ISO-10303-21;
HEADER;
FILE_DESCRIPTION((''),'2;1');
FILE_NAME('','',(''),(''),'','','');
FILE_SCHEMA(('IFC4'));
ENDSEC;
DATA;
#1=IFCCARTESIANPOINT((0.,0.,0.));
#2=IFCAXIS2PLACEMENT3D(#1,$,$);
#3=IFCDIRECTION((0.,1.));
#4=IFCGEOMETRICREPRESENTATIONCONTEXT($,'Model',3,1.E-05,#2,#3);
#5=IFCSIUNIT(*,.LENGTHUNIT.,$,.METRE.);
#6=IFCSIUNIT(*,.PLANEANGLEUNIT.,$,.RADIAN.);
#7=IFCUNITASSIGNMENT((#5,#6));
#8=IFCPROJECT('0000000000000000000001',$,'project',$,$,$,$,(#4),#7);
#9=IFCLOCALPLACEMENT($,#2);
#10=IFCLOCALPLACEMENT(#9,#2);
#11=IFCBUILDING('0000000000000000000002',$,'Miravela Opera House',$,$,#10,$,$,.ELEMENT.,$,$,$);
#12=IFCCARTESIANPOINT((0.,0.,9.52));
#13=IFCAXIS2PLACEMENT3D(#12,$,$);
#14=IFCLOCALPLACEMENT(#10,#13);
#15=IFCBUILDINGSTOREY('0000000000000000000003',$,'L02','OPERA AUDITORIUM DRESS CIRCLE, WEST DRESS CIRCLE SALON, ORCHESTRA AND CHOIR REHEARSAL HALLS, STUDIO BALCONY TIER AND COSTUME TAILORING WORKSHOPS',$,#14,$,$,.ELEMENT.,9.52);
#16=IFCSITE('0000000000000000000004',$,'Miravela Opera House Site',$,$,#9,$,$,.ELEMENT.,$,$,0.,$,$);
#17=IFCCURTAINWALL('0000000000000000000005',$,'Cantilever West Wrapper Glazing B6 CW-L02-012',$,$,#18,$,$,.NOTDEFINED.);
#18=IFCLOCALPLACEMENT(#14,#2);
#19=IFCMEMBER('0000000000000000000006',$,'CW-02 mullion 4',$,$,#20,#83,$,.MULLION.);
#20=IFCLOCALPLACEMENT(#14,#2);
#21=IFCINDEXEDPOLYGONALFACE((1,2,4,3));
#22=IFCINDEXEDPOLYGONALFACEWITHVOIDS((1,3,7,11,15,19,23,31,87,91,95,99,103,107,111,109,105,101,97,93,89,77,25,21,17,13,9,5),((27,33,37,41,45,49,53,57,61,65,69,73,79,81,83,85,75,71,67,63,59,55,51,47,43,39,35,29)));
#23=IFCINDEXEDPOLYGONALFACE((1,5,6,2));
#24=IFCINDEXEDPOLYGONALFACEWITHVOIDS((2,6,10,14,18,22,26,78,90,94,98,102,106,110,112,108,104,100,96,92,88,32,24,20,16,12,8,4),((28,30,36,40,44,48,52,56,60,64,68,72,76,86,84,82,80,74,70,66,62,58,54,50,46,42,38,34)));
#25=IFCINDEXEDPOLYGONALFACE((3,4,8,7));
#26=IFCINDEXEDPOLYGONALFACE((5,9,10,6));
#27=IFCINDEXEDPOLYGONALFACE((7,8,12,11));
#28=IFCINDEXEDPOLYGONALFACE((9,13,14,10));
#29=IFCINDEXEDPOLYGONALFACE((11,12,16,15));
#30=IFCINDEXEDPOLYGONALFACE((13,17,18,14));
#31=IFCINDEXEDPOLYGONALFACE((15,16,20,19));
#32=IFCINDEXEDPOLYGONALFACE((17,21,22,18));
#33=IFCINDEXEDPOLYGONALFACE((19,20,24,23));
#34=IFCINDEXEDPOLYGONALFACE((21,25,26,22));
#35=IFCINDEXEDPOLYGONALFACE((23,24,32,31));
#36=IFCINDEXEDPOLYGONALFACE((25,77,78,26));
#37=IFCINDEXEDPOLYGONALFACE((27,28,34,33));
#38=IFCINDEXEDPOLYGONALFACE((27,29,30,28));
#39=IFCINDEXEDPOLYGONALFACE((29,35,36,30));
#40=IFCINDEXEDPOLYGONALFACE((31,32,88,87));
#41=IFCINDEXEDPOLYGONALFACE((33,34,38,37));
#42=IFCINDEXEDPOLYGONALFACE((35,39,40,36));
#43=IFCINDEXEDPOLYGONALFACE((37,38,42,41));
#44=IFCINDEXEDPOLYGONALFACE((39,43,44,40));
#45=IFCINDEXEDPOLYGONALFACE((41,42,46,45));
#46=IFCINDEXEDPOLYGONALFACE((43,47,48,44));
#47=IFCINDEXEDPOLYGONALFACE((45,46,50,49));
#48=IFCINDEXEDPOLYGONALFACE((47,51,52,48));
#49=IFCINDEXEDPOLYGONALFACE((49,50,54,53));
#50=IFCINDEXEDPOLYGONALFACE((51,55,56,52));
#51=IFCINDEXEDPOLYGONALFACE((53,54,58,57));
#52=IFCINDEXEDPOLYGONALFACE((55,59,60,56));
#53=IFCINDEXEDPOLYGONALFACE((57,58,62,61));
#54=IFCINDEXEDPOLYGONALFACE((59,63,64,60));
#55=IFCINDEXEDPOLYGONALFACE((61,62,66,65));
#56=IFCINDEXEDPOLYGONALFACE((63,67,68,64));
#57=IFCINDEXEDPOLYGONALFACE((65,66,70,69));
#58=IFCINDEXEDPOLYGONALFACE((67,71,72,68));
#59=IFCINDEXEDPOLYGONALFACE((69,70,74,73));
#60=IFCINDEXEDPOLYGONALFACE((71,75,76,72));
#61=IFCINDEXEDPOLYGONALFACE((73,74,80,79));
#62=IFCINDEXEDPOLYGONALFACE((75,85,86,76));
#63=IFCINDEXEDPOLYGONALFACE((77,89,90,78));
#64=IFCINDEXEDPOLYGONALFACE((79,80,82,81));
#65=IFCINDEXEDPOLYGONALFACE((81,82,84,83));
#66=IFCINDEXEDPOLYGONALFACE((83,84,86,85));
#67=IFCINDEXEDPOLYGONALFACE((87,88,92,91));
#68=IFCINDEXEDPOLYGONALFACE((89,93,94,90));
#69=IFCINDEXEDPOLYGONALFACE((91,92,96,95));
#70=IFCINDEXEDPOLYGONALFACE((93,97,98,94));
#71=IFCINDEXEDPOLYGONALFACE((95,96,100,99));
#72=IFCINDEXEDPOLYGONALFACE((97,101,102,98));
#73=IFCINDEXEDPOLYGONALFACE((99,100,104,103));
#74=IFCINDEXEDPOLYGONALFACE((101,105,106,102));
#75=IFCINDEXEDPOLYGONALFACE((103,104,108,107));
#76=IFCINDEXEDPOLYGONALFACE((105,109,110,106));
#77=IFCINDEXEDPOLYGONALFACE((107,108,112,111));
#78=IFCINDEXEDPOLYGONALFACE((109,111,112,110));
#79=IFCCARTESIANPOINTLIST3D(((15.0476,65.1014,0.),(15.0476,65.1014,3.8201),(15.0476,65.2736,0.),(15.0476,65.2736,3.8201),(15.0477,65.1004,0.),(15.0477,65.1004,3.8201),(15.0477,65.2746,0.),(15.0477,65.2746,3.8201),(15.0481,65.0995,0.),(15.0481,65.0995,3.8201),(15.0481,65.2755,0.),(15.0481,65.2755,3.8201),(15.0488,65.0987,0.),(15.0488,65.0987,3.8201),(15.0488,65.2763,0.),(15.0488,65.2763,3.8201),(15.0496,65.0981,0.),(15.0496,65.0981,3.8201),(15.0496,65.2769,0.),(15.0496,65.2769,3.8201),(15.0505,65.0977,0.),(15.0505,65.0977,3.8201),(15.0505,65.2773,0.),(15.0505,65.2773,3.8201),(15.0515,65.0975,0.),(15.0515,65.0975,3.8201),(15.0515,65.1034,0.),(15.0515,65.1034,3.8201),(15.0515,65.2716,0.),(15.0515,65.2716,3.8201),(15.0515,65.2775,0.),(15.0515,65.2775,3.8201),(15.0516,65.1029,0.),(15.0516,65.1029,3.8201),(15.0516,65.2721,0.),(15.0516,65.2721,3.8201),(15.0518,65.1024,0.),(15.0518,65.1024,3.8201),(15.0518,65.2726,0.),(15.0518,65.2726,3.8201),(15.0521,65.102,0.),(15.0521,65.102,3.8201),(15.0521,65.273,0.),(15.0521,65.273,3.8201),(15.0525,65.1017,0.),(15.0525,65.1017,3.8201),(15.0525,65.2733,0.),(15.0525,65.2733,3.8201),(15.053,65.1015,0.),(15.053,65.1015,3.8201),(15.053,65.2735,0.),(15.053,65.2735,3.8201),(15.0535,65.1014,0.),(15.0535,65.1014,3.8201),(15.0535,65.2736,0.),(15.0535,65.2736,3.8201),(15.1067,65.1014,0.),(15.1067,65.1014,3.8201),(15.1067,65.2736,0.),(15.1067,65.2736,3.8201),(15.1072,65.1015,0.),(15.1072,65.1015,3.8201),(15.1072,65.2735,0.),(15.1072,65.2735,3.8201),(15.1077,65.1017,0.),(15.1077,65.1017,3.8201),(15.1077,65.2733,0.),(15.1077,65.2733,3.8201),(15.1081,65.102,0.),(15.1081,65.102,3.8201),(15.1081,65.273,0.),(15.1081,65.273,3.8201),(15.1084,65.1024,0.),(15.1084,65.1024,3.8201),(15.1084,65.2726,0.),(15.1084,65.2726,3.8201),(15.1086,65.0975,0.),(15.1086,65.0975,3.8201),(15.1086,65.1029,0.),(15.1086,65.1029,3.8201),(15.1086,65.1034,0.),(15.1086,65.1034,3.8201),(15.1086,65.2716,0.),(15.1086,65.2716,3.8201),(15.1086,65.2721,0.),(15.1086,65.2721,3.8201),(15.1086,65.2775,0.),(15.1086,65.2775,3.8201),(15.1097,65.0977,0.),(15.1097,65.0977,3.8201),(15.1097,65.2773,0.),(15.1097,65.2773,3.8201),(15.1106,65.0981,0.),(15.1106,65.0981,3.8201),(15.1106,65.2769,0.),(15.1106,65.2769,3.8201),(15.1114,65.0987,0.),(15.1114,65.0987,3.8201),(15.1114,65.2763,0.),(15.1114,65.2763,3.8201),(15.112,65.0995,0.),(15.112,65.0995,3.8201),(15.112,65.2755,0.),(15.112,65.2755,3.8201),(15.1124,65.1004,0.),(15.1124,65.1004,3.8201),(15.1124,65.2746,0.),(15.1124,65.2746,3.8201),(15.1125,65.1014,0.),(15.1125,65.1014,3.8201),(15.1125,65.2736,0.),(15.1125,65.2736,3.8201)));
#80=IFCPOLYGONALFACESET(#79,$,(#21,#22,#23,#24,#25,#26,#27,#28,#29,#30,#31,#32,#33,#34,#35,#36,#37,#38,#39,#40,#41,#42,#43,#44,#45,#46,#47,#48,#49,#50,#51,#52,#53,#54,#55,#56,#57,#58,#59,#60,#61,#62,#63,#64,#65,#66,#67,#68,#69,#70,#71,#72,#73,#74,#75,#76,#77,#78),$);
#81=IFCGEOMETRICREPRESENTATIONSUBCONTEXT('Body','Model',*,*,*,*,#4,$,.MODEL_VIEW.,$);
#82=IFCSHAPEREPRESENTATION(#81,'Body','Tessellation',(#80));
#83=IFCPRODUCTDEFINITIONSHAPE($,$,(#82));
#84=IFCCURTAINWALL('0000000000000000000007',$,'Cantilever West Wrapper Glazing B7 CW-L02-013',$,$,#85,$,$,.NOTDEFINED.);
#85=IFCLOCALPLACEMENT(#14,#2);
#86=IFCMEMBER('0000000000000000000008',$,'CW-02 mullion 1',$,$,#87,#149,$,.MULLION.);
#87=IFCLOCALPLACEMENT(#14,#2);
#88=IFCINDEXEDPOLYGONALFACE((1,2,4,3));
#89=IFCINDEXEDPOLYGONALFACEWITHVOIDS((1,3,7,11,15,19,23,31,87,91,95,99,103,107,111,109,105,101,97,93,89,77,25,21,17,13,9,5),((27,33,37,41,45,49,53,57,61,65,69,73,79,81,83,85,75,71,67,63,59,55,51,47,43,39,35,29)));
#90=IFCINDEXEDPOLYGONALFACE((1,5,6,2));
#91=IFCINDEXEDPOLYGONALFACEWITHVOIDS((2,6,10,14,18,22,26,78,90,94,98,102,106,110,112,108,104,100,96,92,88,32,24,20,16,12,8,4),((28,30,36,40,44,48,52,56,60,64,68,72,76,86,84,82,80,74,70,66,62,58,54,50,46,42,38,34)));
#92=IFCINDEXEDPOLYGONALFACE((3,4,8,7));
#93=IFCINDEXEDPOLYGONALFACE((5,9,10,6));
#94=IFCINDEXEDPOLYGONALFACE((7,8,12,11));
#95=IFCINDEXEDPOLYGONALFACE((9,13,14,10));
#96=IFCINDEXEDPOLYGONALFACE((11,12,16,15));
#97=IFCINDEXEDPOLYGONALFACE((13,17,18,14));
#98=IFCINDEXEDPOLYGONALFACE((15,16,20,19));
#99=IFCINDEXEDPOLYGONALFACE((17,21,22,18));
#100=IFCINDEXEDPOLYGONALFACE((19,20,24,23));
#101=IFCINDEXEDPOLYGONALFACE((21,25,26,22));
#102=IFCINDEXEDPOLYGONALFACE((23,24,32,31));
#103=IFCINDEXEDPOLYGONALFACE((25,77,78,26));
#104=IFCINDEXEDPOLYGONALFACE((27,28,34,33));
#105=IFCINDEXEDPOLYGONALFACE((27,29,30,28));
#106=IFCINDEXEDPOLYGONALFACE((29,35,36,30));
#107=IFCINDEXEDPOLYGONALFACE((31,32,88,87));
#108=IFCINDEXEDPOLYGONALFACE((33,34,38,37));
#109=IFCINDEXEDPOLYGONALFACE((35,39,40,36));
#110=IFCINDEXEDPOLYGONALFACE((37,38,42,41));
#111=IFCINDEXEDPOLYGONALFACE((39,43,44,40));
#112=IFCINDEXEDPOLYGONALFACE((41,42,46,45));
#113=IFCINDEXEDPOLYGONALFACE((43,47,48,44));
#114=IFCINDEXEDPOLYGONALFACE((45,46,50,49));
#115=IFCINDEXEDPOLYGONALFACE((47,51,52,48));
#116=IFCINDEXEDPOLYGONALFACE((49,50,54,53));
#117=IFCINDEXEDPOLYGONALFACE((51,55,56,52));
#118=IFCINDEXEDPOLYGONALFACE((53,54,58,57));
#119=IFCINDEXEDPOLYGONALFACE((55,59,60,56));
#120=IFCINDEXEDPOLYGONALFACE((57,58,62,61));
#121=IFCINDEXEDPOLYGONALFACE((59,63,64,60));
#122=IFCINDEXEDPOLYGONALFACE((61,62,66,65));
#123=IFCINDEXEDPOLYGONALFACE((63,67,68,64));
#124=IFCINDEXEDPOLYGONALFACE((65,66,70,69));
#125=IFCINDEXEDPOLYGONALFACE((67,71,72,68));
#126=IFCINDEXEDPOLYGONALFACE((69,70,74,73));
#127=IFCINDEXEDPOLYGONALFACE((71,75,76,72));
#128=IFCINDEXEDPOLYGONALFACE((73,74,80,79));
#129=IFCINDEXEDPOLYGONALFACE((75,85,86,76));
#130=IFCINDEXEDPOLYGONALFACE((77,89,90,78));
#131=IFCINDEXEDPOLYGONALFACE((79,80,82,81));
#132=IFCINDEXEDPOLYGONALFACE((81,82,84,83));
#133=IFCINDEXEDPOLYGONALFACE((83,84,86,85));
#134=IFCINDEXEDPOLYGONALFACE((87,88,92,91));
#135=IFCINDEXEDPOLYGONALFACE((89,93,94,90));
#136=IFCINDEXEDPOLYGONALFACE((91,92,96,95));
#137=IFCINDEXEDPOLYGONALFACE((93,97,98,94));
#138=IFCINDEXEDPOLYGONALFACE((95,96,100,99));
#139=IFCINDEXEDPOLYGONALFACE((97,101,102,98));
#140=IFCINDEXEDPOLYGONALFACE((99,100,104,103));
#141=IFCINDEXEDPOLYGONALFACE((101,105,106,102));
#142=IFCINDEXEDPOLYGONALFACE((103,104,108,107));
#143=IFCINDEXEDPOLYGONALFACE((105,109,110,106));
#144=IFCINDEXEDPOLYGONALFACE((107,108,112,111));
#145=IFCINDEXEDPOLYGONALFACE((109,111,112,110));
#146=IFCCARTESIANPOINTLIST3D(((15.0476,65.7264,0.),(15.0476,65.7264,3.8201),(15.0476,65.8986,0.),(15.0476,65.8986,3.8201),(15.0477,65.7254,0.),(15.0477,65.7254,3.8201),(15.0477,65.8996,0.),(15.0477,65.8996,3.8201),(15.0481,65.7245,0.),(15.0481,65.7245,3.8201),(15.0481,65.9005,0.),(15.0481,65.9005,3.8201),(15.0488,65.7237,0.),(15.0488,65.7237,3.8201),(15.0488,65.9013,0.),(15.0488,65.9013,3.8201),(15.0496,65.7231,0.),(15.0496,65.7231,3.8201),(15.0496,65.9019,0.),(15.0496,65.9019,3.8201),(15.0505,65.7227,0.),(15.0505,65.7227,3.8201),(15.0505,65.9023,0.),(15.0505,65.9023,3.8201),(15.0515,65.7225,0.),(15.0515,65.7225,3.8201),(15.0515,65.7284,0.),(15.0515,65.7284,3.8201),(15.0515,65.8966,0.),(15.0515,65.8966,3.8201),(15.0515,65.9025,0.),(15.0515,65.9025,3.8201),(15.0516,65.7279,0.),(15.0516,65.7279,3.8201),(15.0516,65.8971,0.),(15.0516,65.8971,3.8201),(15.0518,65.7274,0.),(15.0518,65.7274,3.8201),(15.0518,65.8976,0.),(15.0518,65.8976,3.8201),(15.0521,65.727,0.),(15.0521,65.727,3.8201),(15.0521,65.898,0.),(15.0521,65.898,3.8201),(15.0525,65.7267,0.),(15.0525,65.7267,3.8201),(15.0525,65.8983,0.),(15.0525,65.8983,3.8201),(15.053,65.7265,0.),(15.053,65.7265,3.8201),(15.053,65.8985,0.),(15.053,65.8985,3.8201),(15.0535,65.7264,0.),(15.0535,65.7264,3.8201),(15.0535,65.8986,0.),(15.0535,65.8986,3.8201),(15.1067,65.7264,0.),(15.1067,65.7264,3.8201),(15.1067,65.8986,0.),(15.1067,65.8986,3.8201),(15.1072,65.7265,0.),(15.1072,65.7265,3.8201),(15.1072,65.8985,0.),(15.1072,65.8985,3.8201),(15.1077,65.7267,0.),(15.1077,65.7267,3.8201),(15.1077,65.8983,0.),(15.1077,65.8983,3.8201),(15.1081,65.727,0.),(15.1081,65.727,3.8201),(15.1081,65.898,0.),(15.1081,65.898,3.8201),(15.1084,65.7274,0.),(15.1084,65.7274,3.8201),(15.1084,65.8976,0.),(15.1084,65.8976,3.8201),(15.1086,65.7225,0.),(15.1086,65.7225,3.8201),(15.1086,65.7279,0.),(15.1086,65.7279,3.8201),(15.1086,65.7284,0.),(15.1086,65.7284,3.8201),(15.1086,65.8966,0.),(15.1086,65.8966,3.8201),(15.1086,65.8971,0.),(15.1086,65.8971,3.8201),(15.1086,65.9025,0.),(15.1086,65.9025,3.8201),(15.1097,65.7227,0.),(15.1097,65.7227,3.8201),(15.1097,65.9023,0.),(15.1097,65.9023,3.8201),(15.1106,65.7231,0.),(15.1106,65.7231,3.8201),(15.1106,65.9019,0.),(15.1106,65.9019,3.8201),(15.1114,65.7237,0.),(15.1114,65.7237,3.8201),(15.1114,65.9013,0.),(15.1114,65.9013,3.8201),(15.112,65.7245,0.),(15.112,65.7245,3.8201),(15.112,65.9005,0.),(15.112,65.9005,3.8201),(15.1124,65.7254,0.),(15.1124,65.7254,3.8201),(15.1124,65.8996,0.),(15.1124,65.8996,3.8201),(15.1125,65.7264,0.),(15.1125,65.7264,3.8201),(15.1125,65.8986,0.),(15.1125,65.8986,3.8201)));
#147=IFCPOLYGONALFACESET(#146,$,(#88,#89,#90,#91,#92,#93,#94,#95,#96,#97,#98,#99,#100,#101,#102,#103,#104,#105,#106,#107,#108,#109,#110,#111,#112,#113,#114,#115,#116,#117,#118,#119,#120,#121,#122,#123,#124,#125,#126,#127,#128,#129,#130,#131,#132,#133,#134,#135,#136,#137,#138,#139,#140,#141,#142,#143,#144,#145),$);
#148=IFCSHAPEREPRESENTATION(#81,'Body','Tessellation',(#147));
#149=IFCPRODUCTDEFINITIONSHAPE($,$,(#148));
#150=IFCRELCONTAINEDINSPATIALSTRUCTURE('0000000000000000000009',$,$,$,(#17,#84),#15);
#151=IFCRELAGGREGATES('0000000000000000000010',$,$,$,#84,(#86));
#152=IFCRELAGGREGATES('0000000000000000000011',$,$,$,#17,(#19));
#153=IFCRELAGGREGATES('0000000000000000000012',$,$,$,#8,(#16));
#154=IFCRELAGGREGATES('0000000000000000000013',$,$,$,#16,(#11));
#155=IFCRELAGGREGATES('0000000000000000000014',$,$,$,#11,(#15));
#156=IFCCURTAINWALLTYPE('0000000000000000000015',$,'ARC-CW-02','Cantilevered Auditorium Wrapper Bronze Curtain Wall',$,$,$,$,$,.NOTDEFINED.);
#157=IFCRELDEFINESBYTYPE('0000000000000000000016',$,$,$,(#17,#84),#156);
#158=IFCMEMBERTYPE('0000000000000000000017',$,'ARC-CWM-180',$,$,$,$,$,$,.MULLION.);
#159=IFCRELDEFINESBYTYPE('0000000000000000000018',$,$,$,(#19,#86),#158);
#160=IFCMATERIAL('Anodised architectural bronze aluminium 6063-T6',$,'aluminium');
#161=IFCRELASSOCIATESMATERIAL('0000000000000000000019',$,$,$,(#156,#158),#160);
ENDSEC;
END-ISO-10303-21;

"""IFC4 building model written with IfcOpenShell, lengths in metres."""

from ifc_helpers import new_model, si_unit, direction, frame, origin, origin_2d, place, context, subcontext, project, spatial, hollow_rectangle, extrude, material, material_profile, profile_set, type_object, element, aggregate, save


model = new_model("IFC4")

# Units and contexts
model_context = context("Model", 3, precision=1e-05, world=origin(), true_north=direction((0.0, 1.0)))
body_context = subcontext(model_context, "Body", "Model", "MODEL_VIEW")
ifc_project = project(units=[si_unit("LENGTHUNIT", "METRE"), si_unit("PLANEANGLEUNIT", "RADIAN")], contexts=[model_context])

# Site, building, storey
site_placement = place(None, origin())
site = spatial("IfcSite", under=ifc_project, at=site_placement, Name="Miravela Opera House Site", CompositionType="ELEMENT", RefElevation=0.0)
building_placement = place(site_placement, origin())
building = spatial("IfcBuilding", under=site, at=building_placement, Name="Miravela Opera House", CompositionType="ELEMENT")
storey_placement = place(building_placement, frame((0.0, 0.0, 9.52)))
storey = spatial("IfcBuildingStorey", under=building, at=storey_placement, Name="L02", Description="OPERA AUDITORIUM DRESS CIRCLE, WEST DRESS CIRCLE SALON, ORCHESTRA AND CHOIR REHEARSAL HALLS, STUDIO BALCONY TIER AND COSTUME TAILORING WORKSHOPS", CompositionType="ELEMENT", Elevation=9.52)

# Curtain wall, member
ifc_material_1 = material(Name="Anodised architectural bronze aluminium 6063-T6", Category="aluminium")
curtain_wall_type = type_object("IfcCurtainWallType", Name="ARC-CW-02", Description="Cantilevered Auditorium Wrapper Bronze Curtain Wall", PredefinedType="NOTDEFINED", material=ifc_material_1)
curtain_wall_1_placement = place(storey_placement, origin())
curtain_wall_1 = element("IfcCurtainWall", 1, at=curtain_wall_1_placement, inside=storey, type_object=curtain_wall_type, Name="Cantilever West Wrapper Glazing B6 CW-L02-012", PredefinedType="NOTDEFINED")
ifc_material_profile_1 = material_profile(ifc_material_1, hollow_rectangle(XDim=0.0649, YDim=0.1799, WallThickness=0.0039, InnerFilletRadius=0.002, OuterFilletRadius=0.0039, at=origin_2d()), Name="CWM-65X180")
ifc_profile_set_1 = profile_set([ifc_material_profile_1])
member_type_1 = type_object("IfcMemberType", Name="ARC-CWM-180", PredefinedType="MULLION", material=ifc_profile_set_1)
member_1_placement = place(storey_placement, frame((15.0801, 65.1875, 0.0), z_axis=(0.0, 0.0, 1.0), x_axis=(-1.0, 0.0, 0.0)))
member_1 = element("IfcMember", 2, at=member_1_placement, type_object=member_type_1, Name="CW-02 mullion 4", PredefinedType="MULLION", context=body_context, shape_type="SweptSolid", body=[
    extrude(hollow_rectangle(XDim=0.0649, YDim=0.1799, WallThickness=0.0039, InnerFilletRadius=0.002, OuterFilletRadius=0.0039, at=origin_2d()), origin(), (0.0, 0.0, 1.0), 3.8201),
])

# Curtain wall, member
curtain_wall_2_placement = place(storey_placement, origin())
curtain_wall_2 = element("IfcCurtainWall", 3, at=curtain_wall_2_placement, inside=storey, type_object=curtain_wall_type, Name="Cantilever West Wrapper Glazing B7 CW-L02-013", PredefinedType="NOTDEFINED")
member_2_placement = place(storey_placement, frame((15.0801, 65.8125, 0.0), z_axis=(0.0, 0.0, 1.0), x_axis=(-1.0, 0.0, 0.0)))
member_2 = element("IfcMember", 4, at=member_2_placement, type_object=member_type_1, Name="CW-02 mullion 1", PredefinedType="MULLION", context=body_context, shape_type="SweptSolid", body=[
    extrude(hollow_rectangle(XDim=0.0649, YDim=0.1799, WallThickness=0.0039, InnerFilletRadius=0.002, OuterFilletRadius=0.0039, at=origin_2d()), origin(), (0.0, 0.0, 1.0), 3.8201),
])
aggregate(curtain_wall_2, [member_2])

aggregate(curtain_wall_1, [member_1])

save(model, "model.ifc")
